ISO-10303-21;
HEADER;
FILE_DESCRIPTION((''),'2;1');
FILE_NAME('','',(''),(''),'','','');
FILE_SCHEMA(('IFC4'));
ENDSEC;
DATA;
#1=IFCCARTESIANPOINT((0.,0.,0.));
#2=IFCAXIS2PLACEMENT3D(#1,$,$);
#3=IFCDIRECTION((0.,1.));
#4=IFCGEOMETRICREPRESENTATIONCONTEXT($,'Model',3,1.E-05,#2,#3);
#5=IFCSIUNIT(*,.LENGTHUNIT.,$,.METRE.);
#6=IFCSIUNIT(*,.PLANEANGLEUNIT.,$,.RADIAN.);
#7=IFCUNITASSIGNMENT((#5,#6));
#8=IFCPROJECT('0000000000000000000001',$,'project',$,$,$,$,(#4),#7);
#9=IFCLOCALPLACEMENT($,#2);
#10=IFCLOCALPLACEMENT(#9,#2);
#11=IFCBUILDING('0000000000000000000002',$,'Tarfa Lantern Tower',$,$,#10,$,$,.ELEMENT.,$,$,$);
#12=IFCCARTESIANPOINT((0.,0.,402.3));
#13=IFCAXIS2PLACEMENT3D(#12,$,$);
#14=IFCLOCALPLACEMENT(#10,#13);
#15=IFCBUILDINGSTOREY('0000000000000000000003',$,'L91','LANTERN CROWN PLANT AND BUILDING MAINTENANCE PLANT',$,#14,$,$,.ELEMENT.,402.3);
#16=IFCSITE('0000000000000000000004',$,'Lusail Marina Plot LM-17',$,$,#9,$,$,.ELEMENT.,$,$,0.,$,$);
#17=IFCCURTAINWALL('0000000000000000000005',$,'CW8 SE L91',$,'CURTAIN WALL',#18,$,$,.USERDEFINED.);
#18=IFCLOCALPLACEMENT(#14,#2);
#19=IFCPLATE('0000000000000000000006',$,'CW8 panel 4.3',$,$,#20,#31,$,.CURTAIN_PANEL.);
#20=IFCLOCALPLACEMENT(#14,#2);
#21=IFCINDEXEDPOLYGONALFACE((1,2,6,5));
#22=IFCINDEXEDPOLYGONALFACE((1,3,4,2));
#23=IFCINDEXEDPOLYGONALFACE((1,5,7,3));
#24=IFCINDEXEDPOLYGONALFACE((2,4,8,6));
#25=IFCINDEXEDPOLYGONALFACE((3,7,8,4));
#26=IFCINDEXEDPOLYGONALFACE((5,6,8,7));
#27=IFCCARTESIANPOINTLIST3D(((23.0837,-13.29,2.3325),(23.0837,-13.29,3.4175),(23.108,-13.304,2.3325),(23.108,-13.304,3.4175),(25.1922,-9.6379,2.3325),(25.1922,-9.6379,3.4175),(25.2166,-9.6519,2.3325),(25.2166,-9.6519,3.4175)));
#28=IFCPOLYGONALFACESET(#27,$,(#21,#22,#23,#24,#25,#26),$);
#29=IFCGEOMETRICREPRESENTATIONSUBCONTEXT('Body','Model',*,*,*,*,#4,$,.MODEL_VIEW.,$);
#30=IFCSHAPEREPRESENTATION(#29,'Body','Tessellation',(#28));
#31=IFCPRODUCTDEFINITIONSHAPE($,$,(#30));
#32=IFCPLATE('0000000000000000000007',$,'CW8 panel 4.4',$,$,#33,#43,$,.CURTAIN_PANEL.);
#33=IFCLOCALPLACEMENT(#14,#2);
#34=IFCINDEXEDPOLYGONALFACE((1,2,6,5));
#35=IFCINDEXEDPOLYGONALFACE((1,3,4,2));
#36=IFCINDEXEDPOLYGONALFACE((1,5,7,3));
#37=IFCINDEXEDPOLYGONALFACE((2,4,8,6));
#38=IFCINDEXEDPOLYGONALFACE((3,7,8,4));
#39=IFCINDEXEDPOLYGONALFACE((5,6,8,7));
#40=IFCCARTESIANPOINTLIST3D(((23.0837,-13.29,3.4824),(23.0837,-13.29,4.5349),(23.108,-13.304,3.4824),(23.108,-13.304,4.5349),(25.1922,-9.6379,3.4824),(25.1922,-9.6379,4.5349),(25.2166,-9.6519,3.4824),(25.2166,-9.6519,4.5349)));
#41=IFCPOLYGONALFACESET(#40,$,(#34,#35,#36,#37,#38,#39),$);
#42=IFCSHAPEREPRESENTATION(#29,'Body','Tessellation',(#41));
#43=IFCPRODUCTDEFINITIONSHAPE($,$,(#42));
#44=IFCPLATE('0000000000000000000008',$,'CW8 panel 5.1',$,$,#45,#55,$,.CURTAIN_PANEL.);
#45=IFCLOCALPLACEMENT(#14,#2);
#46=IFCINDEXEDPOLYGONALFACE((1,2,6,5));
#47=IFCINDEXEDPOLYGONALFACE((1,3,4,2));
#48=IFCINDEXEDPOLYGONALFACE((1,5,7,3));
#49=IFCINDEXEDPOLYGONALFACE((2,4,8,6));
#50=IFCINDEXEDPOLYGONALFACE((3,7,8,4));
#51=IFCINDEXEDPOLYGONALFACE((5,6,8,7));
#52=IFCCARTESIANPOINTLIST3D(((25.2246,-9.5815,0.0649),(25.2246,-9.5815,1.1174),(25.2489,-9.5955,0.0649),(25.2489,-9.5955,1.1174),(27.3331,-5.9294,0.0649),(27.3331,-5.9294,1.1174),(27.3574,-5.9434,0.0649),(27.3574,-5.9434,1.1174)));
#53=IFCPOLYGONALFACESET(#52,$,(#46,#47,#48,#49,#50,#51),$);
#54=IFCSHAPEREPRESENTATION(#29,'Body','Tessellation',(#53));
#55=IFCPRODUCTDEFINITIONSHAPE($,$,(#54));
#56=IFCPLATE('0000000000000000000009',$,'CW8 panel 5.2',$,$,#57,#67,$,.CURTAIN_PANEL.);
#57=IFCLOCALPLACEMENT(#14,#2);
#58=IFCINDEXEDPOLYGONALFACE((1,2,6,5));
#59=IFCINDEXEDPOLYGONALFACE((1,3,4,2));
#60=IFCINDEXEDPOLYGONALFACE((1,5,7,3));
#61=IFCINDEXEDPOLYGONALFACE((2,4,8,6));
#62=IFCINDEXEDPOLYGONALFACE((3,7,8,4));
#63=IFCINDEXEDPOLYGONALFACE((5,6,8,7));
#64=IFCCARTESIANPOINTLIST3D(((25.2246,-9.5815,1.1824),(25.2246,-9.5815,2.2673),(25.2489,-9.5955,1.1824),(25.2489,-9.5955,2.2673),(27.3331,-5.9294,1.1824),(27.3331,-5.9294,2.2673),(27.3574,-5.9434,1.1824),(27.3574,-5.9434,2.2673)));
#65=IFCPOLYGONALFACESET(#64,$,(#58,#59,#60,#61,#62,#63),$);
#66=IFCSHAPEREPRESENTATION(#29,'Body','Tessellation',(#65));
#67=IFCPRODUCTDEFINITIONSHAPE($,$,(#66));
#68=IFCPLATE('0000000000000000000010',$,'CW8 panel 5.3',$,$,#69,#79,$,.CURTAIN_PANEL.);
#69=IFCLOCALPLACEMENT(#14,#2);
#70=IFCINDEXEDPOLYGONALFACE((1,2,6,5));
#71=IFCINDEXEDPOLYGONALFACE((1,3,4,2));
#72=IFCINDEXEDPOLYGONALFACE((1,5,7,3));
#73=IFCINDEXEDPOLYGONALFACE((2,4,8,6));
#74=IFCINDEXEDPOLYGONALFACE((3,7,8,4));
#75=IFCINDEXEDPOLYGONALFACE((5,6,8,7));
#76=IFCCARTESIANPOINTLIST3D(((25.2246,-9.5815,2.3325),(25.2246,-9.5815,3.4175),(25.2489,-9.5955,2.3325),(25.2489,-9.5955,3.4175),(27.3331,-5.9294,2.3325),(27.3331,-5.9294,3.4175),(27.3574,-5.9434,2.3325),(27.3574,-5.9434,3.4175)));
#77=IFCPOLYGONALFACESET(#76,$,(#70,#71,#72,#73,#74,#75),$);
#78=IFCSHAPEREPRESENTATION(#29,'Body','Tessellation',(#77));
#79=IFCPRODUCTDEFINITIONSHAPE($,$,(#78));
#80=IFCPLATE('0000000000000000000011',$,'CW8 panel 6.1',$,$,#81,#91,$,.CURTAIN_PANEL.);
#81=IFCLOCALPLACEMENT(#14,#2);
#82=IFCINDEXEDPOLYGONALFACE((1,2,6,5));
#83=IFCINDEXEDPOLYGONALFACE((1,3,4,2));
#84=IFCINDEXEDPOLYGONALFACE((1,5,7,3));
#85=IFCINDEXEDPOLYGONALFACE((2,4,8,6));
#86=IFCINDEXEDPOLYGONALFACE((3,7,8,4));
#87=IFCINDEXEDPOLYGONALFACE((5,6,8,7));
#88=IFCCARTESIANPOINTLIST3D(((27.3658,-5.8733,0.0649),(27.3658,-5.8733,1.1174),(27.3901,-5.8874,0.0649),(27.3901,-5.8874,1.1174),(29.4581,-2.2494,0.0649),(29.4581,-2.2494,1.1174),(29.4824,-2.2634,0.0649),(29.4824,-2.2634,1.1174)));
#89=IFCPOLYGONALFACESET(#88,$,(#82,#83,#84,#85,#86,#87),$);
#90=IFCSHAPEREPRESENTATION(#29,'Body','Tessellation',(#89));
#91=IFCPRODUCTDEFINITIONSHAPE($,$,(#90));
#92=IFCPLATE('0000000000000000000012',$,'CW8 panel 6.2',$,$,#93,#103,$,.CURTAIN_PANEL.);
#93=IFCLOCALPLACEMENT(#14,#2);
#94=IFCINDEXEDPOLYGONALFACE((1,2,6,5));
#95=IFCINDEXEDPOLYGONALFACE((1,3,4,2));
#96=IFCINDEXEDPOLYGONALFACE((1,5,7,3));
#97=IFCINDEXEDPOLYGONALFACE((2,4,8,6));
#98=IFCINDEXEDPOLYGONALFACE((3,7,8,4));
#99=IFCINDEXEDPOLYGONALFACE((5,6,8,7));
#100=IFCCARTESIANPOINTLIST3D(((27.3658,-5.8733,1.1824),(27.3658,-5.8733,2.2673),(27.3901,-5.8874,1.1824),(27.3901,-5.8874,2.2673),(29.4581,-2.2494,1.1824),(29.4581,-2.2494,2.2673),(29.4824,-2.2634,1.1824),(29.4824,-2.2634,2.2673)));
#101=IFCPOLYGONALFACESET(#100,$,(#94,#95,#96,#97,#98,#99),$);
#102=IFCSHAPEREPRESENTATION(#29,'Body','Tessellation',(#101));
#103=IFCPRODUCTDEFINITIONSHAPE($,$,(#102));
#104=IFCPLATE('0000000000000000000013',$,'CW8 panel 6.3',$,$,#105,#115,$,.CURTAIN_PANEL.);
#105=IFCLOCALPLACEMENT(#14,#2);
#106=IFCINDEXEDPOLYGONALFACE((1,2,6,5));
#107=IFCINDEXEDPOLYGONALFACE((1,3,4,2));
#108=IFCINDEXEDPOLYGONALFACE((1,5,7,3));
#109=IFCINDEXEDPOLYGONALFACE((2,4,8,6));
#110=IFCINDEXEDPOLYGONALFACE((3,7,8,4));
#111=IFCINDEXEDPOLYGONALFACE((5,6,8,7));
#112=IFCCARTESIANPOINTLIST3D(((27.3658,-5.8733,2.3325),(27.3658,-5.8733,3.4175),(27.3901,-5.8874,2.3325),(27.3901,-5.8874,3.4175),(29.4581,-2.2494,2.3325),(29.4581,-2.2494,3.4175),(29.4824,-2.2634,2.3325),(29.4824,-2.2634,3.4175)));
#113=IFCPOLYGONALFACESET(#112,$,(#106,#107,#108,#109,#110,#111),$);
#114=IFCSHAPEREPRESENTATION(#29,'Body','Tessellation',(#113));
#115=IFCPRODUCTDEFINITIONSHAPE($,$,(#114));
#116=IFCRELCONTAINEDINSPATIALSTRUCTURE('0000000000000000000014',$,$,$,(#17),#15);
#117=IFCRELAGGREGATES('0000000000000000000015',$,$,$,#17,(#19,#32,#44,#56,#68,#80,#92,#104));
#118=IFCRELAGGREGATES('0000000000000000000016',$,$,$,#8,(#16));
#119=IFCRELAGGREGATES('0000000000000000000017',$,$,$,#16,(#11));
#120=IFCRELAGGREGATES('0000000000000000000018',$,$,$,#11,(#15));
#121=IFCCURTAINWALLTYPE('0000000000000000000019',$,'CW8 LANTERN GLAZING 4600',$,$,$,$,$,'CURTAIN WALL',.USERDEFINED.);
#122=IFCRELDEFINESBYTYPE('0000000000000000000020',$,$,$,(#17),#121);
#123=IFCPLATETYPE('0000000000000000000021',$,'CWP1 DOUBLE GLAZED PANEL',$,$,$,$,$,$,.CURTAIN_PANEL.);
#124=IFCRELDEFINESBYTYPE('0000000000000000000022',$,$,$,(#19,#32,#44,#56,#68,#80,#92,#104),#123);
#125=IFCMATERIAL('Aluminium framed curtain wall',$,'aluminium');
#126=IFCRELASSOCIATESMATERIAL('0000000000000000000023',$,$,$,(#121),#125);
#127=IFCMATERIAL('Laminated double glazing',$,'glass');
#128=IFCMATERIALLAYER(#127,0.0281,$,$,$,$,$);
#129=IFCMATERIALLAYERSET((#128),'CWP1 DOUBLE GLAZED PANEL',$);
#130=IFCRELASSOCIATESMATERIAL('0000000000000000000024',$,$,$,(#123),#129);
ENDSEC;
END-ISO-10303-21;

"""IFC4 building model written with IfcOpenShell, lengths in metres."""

from ifc_helpers import new_model, si_unit, direction, frame, origin, origin_2d, place, context, subcontext, project, spatial, rectangle, extrude, material, layer, layer_set, type_object, element, aggregate, save


model = new_model("IFC4")

# Units and contexts
model_context = context("Model", 3, precision=1e-05, world=origin(), true_north=direction((0.0, 1.0)))
body_context = subcontext(model_context, "Body", "Model", "MODEL_VIEW")
ifc_project = project(units=[si_unit("LENGTHUNIT", "METRE"), si_unit("PLANEANGLEUNIT", "RADIAN")], contexts=[model_context])

# Site, building, storey
site_placement = place(None, origin())
site = spatial("IfcSite", under=ifc_project, at=site_placement, Name="Lusail Marina Plot LM-17", CompositionType="ELEMENT", RefElevation=0.0)
building_placement = place(site_placement, origin())
building = spatial("IfcBuilding", under=site, at=building_placement, Name="Tarfa Lantern Tower", CompositionType="ELEMENT")
storey_placement = place(building_placement, frame((0.0, 0.0, 402.3)))
storey = spatial("IfcBuildingStorey", under=building, at=storey_placement, Name="L91", Description="LANTERN CROWN PLANT AND BUILDING MAINTENANCE PLANT", CompositionType="ELEMENT", Elevation=402.3)

# Curtain wall
ifc_material_1 = material(Name="Aluminium framed curtain wall", Category="aluminium")
curtain_wall_type = type_object("IfcCurtainWallType", Name="CW8 LANTERN GLAZING 4600", ElementType="CURTAIN WALL", PredefinedType="USERDEFINED", material=ifc_material_1)
curtain_wall_1_placement = place(storey_placement, origin())
curtain_wall_1 = element("IfcCurtainWall", 1, at=curtain_wall_1_placement, inside=storey, type_object=curtain_wall_type, Name="CW8 SE L91", ObjectType="CURTAIN WALL", PredefinedType="USERDEFINED")

# Plates
ifc_material_2 = material(Name="Laminated double glazing", Category="glass")
ifc_layer = layer(ifc_material_2, 0.0281)
ifc_layer_set = layer_set([ifc_layer], Name="CWP1 DOUBLE GLAZED PANEL")
plate_type = type_object("IfcPlateType", Name="CWP1 DOUBLE GLAZED PANEL", PredefinedType="CURTAIN_PANEL", material=ifc_layer_set)
plate_1_placement = place(storey_placement, frame((24.1501, -11.4709, 2.3325), z_axis=(0.0, 0.0, 1.0), x_axis=(0.5, 0.866025, 0.0)))
plate_1 = element("IfcPlate", 2, at=plate_1_placement, type_object=plate_type, Name="CW8 panel 4.3", PredefinedType="CURTAIN_PANEL", context=body_context, shape_type="SweptSolid", body=[
    extrude(rectangle(XDim=4.217, YDim=0.0281, at=origin_2d()), origin(), (0.0, 0.0, 1.0), 1.085),
])
plate_2_placement = place(storey_placement, frame((24.1501, -11.4709, 3.4824), z_axis=(0.0, 0.0, 1.0), x_axis=(0.5, 0.866025, 0.0)))
plate_2 = element("IfcPlate", 3, at=plate_2_placement, type_object=plate_type, Name="CW8 panel 4.4", PredefinedType="CURTAIN_PANEL", context=body_context, shape_type="SweptSolid", body=[
    extrude(rectangle(XDim=4.217, YDim=0.0281, at=origin_2d()), origin(), (0.0, 0.0, 1.0), 1.0525),
])
plate_3_placement = place(storey_placement, frame((26.291, -7.7625, 0.0649), z_axis=(0.0, 0.0, 1.0), x_axis=(0.5, 0.866025, 0.0)))
plate_3 = element("IfcPlate", 4, at=plate_3_placement, type_object=plate_type, Name="CW8 panel 5.1", PredefinedType="CURTAIN_PANEL", context=body_context, shape_type="SweptSolid", body=[
    extrude(rectangle(XDim=4.217, YDim=0.0281, at=origin_2d()), origin(), (0.0, 0.0, 1.0), 1.0525),
])
plate_4_placement = place(storey_placement, frame((26.291, -7.7625, 1.1824), z_axis=(0.0, 0.0, 1.0), x_axis=(0.5, 0.866025, 0.0)))
plate_4 = element("IfcPlate", 5, at=plate_4_placement, type_object=plate_type, Name="CW8 panel 5.2", PredefinedType="CURTAIN_PANEL", context=body_context, shape_type="SweptSolid", body=[
    extrude(rectangle(XDim=4.217, YDim=0.0281, at=origin_2d()), origin(), (0.0, 0.0, 1.0), 1.085),
])
plate_5_placement = place(storey_placement, frame((26.291, -7.7625, 2.3325), z_axis=(0.0, 0.0, 1.0), x_axis=(0.5, 0.866025, 0.0)))
plate_5 = element("IfcPlate", 6, at=plate_5_placement, type_object=plate_type, Name="CW8 panel 5.3", PredefinedType="CURTAIN_PANEL", context=body_context, shape_type="SweptSolid", body=[
    extrude(rectangle(XDim=4.217, YDim=0.0281, at=origin_2d()), origin(), (0.0, 0.0, 1.0), 1.085),
])
plate_6_placement = place(storey_placement, frame((28.4241, -4.0684, 0.0649), z_axis=(0.0, 0.0, 1.0), x_axis=(0.5, 0.866025, 0.0)))
plate_6 = element("IfcPlate", 7, at=plate_6_placement, type_object=plate_type, Name="CW8 panel 6.1", PredefinedType="CURTAIN_PANEL", context=body_context, shape_type="SweptSolid", body=[
    extrude(rectangle(XDim=4.1846, YDim=0.0281, at=origin_2d()), origin(), (0.0, 0.0, 1.0), 1.0525),
])
plate_7_placement = place(storey_placement, frame((28.4241, -4.0684, 1.1824), z_axis=(0.0, 0.0, 1.0), x_axis=(0.5, 0.866025, 0.0)))
plate_7 = element("IfcPlate", 8, at=plate_7_placement, type_object=plate_type, Name="CW8 panel 6.2", PredefinedType="CURTAIN_PANEL", context=body_context, shape_type="SweptSolid", body=[
    extrude(rectangle(XDim=4.1846, YDim=0.0281, at=origin_2d()), origin(), (0.0, 0.0, 1.0), 1.085),
])
plate_8_placement = place(storey_placement, frame((28.4241, -4.0684, 2.3325), z_axis=(0.0, 0.0, 1.0), x_axis=(0.5, 0.866025, 0.0)))
plate_8 = element("IfcPlate", 9, at=plate_8_placement, type_object=plate_type, Name="CW8 panel 6.3", PredefinedType="CURTAIN_PANEL", context=body_context, shape_type="SweptSolid", body=[
    extrude(rectangle(XDim=4.1846, YDim=0.0281, at=origin_2d()), origin(), (0.0, 0.0, 1.0), 1.085),
])
aggregate(curtain_wall_1, [plate_1, plate_2, plate_3, plate_4, plate_5, plate_6, plate_7, plate_8])

save(model, "model.ifc")
